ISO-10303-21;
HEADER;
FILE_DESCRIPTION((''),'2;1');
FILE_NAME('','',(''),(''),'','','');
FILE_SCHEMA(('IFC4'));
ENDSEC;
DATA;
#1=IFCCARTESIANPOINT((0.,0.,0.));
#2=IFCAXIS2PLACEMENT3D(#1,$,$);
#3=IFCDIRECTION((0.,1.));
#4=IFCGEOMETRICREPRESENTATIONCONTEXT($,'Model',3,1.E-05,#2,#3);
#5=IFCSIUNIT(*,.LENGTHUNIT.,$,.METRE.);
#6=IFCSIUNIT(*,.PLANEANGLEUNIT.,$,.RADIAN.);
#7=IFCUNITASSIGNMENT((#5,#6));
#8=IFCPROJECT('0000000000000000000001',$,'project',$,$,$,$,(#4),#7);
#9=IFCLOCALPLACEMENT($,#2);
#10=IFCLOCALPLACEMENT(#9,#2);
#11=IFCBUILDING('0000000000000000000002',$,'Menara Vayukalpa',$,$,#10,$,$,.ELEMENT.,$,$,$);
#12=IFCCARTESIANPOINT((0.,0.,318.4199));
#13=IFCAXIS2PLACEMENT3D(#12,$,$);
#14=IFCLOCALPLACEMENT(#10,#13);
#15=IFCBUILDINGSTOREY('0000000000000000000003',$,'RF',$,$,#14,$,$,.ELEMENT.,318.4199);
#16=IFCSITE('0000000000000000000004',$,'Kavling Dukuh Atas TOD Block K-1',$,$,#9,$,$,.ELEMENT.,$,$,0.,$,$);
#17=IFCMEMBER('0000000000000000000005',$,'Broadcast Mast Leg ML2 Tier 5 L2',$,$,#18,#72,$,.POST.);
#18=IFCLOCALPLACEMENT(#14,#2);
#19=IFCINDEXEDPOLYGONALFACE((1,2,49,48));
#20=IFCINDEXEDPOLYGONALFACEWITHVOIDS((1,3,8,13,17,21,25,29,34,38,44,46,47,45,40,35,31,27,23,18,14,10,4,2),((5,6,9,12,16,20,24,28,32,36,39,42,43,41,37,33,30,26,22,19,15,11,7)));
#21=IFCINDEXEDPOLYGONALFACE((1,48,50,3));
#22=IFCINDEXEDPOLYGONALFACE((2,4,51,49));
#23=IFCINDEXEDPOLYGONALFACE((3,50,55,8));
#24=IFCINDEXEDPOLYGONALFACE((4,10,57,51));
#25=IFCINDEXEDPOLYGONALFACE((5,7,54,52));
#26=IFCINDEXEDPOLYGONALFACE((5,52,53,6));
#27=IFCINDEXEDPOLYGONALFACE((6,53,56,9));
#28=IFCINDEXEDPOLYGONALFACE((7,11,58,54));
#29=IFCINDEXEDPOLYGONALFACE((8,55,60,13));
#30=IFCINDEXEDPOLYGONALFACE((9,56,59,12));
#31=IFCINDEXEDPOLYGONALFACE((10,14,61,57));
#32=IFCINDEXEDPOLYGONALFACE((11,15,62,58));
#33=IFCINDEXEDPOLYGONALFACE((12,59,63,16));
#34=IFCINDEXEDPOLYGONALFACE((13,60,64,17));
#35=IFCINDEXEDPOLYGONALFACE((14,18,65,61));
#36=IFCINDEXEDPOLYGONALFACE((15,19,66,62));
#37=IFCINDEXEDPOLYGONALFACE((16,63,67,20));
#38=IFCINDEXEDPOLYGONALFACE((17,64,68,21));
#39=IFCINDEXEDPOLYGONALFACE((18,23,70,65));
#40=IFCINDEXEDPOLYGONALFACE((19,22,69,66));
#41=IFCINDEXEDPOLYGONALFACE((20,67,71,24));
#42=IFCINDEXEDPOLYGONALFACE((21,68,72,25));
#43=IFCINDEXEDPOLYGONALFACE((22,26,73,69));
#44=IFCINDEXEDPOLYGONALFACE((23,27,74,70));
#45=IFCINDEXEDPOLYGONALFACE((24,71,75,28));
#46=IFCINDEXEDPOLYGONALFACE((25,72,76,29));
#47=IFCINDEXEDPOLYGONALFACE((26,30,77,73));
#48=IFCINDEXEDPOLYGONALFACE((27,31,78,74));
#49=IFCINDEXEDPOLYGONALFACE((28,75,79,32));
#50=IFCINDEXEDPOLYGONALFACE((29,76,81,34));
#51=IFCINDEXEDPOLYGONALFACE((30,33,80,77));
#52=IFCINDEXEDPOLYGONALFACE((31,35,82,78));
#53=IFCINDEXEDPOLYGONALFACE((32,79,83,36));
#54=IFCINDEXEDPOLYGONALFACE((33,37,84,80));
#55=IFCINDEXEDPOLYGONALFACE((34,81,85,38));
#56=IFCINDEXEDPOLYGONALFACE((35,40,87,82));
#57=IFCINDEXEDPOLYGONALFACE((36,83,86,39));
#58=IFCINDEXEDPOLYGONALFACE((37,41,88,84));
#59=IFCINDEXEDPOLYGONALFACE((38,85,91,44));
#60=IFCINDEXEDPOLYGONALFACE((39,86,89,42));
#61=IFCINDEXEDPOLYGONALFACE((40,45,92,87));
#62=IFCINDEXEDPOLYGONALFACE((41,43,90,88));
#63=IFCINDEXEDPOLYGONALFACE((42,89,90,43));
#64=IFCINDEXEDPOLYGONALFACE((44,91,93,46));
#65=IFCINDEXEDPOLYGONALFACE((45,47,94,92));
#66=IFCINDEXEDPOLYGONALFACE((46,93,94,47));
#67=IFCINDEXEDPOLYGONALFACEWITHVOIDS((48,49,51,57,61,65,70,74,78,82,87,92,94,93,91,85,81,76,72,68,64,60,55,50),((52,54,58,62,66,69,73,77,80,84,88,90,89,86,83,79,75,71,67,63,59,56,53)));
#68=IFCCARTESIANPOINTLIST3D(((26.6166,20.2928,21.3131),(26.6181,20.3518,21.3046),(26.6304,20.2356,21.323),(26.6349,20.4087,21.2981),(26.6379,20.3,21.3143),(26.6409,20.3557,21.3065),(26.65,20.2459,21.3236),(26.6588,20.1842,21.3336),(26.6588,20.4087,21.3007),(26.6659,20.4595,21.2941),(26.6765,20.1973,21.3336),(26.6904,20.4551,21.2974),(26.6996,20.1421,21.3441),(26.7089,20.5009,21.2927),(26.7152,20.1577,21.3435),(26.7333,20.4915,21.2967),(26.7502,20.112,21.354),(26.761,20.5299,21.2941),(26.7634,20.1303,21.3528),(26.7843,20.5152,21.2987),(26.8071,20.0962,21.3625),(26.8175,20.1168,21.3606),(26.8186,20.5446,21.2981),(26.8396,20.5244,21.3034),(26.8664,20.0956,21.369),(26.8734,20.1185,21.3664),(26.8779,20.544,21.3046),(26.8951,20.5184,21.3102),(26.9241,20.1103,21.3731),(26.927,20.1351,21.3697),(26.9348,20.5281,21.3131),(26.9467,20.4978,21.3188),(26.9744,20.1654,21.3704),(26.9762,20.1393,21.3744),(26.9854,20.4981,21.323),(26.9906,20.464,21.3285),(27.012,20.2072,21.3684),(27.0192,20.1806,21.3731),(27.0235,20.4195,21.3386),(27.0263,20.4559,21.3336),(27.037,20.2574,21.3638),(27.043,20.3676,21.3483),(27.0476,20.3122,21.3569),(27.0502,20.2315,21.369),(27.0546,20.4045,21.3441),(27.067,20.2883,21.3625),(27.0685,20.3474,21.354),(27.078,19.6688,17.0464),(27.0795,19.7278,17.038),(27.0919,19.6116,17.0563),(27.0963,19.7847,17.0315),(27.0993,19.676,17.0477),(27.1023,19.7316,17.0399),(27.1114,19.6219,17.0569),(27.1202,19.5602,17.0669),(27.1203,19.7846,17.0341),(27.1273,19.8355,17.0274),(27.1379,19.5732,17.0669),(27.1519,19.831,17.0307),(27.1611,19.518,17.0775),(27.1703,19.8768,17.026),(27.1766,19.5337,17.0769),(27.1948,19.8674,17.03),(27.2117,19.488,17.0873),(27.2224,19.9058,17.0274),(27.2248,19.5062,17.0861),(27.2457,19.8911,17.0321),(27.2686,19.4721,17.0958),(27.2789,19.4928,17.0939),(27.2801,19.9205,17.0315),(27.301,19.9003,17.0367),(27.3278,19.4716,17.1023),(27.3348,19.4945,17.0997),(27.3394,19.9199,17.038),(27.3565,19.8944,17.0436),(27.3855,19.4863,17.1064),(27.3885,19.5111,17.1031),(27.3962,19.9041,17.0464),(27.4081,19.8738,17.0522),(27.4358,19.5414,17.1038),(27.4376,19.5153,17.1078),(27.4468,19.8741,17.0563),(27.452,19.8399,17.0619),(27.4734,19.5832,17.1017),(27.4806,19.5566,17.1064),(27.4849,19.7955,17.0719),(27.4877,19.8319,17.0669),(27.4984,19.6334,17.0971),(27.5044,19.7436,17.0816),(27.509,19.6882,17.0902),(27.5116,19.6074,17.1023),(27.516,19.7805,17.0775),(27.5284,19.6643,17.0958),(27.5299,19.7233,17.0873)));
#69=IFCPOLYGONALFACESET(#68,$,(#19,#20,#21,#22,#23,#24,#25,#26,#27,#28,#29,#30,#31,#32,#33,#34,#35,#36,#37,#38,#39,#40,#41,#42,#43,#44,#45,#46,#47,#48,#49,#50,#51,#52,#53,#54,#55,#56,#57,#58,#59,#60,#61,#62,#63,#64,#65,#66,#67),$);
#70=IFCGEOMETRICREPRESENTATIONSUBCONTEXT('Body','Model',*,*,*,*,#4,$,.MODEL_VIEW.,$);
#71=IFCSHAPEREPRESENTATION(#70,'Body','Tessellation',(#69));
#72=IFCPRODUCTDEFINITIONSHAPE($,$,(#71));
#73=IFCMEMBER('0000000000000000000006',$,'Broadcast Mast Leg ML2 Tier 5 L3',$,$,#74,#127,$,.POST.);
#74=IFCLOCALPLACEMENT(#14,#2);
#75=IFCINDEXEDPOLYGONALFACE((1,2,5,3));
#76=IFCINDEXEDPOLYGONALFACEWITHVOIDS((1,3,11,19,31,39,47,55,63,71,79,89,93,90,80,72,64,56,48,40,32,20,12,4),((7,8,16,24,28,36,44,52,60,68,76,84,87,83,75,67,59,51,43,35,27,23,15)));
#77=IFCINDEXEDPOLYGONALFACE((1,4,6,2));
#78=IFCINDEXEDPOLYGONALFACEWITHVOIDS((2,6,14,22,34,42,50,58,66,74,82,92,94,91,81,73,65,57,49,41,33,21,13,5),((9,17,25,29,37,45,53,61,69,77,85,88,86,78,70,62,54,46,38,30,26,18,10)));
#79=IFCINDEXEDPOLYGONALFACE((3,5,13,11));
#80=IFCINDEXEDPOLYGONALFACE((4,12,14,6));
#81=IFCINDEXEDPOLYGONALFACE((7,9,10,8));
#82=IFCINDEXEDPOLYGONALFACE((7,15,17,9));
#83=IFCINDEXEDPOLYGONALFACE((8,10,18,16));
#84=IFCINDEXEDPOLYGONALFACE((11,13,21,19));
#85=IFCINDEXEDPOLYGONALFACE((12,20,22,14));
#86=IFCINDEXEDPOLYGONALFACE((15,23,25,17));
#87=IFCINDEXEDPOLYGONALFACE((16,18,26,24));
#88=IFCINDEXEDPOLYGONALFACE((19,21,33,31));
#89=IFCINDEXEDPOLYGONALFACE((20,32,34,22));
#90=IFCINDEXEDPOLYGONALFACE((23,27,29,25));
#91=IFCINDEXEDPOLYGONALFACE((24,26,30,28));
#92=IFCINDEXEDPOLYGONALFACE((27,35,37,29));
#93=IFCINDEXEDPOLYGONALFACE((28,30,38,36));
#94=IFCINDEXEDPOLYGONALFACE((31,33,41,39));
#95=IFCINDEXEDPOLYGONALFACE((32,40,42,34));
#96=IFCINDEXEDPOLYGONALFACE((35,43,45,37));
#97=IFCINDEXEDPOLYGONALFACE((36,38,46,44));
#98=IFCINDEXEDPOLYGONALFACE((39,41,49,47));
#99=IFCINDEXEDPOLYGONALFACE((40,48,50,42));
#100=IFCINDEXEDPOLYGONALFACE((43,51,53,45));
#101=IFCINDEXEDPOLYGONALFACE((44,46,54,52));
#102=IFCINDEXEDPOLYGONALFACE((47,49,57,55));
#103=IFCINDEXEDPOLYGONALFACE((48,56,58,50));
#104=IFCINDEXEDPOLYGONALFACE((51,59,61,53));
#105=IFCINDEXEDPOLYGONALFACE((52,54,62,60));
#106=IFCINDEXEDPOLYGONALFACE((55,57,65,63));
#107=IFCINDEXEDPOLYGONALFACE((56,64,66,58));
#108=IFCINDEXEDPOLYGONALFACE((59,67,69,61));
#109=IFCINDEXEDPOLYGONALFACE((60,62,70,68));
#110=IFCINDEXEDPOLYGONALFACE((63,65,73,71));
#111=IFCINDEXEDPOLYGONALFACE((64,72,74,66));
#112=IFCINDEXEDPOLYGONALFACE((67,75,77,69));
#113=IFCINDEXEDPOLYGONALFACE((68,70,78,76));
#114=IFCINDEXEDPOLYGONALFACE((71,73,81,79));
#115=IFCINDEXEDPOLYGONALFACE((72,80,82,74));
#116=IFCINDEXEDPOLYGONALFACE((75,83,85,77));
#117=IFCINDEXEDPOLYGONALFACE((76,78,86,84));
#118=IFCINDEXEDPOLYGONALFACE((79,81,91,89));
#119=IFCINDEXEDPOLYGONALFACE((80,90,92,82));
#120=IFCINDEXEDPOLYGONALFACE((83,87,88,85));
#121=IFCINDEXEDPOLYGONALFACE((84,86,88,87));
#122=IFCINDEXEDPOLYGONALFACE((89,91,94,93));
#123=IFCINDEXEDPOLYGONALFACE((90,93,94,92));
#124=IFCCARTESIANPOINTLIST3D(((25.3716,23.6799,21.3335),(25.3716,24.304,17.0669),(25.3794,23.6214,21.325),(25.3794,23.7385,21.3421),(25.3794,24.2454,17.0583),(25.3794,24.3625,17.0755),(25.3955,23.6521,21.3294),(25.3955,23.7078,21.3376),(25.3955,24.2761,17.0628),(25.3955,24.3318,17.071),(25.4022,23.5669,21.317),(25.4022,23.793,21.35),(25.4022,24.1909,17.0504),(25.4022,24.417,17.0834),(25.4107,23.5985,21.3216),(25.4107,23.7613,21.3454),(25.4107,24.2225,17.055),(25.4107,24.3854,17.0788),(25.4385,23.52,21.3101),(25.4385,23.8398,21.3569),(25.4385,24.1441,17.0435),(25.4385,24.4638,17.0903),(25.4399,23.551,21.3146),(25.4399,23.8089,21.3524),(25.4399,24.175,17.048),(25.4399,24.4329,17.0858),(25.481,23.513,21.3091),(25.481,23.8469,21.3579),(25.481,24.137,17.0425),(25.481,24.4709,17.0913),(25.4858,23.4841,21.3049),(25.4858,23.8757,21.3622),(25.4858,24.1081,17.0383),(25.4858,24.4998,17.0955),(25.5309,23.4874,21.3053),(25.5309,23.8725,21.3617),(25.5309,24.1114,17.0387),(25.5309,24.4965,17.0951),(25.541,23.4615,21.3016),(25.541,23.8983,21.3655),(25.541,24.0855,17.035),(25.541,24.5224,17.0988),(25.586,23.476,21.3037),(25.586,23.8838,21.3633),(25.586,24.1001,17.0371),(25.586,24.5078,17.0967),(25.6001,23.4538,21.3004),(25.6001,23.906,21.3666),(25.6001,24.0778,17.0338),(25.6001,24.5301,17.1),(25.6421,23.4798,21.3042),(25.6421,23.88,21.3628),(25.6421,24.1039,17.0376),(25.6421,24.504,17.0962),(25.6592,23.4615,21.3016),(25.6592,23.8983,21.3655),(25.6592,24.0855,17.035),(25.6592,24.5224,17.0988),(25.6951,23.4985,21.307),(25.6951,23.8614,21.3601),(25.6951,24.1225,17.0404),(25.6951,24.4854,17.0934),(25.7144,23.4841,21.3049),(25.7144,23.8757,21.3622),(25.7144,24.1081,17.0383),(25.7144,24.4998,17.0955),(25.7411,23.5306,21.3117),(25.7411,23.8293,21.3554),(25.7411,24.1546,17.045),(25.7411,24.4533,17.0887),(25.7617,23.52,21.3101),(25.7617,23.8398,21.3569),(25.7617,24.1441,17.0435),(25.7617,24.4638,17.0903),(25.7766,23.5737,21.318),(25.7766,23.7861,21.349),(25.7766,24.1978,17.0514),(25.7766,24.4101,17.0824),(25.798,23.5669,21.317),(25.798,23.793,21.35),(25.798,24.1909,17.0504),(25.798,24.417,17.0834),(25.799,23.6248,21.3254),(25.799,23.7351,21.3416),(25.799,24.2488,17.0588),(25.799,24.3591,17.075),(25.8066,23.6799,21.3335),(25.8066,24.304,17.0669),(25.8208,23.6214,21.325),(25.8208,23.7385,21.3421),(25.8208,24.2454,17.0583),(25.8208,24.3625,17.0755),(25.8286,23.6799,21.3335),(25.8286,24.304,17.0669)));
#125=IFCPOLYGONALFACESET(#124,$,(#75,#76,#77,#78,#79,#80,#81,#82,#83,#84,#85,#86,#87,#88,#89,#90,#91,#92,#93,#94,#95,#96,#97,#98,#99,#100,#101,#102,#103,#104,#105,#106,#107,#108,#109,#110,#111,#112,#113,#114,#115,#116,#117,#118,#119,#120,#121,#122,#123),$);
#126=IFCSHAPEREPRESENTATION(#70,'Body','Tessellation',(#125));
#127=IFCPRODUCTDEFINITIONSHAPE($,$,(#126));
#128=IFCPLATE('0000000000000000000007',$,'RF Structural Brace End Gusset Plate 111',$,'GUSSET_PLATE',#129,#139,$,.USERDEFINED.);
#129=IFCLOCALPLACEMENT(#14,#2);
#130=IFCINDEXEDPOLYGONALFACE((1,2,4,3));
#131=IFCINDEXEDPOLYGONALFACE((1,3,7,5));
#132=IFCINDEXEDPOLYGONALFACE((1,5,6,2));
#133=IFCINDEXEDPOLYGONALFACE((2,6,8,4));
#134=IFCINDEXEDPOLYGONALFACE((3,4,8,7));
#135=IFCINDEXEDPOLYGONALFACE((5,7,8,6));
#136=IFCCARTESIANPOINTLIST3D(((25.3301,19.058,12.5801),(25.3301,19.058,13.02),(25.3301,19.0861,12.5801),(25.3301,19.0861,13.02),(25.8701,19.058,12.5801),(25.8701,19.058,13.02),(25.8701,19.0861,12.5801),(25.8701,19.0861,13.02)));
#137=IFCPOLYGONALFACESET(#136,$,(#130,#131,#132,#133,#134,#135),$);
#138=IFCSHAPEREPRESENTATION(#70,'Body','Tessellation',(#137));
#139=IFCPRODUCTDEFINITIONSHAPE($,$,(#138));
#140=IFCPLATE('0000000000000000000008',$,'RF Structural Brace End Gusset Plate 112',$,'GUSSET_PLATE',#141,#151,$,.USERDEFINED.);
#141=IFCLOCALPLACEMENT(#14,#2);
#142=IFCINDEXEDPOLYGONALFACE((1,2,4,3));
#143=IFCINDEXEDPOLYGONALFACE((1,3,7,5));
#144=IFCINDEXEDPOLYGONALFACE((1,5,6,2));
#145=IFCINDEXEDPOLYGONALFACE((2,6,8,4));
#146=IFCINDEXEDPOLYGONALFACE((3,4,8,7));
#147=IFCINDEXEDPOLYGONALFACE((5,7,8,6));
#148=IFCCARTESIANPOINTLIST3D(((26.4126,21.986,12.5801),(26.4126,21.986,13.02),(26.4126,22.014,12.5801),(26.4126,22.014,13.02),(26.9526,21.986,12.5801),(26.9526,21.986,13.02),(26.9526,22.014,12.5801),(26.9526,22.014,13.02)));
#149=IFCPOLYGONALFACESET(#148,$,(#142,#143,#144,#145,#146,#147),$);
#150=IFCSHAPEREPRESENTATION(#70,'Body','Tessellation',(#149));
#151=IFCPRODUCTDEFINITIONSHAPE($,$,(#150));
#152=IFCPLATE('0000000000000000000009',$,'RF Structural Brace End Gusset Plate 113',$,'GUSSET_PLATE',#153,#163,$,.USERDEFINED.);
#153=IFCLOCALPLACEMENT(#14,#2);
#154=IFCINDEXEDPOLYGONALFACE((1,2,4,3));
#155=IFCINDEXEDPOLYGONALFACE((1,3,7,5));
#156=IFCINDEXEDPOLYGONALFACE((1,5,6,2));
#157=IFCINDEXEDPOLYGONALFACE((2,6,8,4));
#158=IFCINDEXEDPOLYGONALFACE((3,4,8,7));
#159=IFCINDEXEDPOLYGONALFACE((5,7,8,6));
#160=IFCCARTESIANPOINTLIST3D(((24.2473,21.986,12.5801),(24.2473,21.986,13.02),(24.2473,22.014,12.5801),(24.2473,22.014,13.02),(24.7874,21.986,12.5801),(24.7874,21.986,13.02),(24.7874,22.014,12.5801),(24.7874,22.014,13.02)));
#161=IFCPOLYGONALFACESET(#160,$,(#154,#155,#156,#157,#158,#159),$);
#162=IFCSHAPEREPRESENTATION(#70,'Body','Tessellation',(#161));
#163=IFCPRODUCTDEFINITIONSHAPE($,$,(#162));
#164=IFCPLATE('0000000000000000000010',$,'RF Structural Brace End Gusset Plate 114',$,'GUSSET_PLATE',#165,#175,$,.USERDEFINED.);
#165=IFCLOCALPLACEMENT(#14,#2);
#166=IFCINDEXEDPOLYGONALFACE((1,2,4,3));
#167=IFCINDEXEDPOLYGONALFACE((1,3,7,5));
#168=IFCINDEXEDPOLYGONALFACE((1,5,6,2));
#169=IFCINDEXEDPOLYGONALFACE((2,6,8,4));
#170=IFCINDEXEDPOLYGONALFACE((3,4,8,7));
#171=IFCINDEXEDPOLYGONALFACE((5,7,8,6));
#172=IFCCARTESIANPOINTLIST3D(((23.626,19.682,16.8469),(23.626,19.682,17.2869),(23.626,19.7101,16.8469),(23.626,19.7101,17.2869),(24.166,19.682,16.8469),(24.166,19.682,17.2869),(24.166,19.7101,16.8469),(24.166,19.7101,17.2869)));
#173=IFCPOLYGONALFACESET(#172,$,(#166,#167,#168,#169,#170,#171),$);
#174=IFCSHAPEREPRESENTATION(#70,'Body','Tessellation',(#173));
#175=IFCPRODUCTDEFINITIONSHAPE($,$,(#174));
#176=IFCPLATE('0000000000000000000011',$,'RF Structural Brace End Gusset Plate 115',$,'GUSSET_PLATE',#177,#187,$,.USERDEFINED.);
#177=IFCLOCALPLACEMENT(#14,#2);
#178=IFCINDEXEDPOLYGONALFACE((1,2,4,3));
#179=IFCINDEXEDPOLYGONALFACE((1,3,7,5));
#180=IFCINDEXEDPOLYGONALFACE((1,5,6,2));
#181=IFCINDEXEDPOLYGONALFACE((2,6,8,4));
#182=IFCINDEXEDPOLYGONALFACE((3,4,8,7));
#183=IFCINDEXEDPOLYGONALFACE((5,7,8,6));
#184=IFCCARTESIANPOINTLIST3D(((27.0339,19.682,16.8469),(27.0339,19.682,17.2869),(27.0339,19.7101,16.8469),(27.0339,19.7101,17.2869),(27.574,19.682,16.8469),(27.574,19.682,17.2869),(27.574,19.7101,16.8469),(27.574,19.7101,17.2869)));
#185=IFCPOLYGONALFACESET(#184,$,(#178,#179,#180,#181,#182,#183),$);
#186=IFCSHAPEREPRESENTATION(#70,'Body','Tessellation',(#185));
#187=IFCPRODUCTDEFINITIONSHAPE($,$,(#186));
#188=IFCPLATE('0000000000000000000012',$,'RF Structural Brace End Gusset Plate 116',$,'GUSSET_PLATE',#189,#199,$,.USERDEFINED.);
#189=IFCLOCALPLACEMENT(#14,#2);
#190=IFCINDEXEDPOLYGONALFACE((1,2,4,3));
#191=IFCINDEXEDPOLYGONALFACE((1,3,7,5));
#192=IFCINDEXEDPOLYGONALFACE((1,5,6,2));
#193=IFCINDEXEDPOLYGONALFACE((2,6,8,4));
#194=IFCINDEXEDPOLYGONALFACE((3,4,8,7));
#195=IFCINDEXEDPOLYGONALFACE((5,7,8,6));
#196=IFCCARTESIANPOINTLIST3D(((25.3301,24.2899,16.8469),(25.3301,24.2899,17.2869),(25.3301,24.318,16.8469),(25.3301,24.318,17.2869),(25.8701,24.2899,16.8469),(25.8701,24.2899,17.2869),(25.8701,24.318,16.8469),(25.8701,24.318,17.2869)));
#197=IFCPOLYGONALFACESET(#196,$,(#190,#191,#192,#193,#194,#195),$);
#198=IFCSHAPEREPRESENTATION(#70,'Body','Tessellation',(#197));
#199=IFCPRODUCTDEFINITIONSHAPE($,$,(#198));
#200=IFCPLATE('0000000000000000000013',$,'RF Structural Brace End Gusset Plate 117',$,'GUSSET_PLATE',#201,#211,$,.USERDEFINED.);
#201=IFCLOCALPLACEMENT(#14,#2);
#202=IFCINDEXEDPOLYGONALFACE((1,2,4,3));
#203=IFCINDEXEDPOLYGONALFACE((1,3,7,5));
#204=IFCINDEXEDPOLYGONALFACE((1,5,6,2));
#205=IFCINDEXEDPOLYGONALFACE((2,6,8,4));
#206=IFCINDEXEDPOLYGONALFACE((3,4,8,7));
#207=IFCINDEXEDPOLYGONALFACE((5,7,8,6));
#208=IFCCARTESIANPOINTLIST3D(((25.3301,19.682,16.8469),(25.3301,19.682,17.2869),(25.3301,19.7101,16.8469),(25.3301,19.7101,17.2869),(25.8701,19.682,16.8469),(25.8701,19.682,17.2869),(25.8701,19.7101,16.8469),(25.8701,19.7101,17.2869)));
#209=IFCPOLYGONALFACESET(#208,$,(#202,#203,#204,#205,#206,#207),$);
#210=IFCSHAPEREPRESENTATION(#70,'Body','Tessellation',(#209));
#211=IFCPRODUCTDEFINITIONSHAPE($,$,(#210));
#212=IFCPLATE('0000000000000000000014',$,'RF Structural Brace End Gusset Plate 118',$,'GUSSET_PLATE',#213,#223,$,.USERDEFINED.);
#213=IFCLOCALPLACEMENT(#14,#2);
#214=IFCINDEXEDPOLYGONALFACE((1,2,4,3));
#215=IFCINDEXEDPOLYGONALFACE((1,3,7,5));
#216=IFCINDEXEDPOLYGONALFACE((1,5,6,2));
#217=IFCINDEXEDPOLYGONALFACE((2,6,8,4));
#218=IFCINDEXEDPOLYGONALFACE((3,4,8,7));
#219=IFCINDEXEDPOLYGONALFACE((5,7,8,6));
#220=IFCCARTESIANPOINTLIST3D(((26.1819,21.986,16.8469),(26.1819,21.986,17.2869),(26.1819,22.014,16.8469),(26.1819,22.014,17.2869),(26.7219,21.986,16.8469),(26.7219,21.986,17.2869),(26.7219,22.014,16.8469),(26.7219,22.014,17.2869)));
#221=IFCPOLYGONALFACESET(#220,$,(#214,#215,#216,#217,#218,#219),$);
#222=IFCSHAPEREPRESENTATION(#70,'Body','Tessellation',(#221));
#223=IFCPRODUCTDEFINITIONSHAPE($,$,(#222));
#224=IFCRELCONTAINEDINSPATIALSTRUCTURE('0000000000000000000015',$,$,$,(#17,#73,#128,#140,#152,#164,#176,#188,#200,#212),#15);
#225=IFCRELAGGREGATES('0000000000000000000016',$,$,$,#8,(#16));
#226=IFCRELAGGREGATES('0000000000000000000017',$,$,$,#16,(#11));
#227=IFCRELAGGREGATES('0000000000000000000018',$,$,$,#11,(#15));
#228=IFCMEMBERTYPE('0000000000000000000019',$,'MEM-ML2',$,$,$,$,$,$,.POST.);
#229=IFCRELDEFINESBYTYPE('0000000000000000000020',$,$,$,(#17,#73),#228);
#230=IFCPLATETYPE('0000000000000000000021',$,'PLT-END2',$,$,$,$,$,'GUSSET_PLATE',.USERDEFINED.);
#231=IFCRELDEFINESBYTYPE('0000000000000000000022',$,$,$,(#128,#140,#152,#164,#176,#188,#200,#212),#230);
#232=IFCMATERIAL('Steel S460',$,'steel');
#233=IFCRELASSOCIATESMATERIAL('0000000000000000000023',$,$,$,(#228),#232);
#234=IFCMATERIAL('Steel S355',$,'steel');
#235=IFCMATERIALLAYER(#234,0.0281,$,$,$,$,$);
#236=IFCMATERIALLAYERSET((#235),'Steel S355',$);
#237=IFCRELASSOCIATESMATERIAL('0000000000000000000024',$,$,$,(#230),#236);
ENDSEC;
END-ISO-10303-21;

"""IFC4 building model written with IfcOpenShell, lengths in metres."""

from ifc_helpers import new_model, si_unit, direction, frame, origin, origin_2d, place, context, subcontext, project, spatial, rectangle, hollow_circle, extrude, material, layer, layer_set, material_profile, profile_set, type_object, element, save


model = new_model("IFC4")

# Units and contexts
model_context = context("Model", 3, precision=1e-05, world=origin(), true_north=direction((0.0, 1.0)))
body_context = subcontext(model_context, "Body", "Model", "MODEL_VIEW")
ifc_project = project(units=[si_unit("LENGTHUNIT", "METRE"), si_unit("PLANEANGLEUNIT", "RADIAN")], contexts=[model_context])

# Site, building, storey
site_placement = place(None, origin())
site = spatial("IfcSite", under=ifc_project, at=site_placement, Name="Kavling Dukuh Atas TOD Block K-1", CompositionType="ELEMENT", RefElevation=0.0)
building_placement = place(site_placement, origin())
building = spatial("IfcBuilding", under=site, at=building_placement, Name="Menara Vayukalpa", CompositionType="ELEMENT")
storey_placement = place(building_placement, frame((0.0, 0.0, 318.4199)))
storey = spatial("IfcBuildingStorey", under=building, at=storey_placement, Name="RF", CompositionType="ELEMENT", Elevation=318.4199)

# Members
ifc_material_1 = material(Name="Steel S460", Category="steel")
ifc_material_profile_1 = material_profile(ifc_material_1, hollow_circle(Radius=0.2285, WallThickness=0.022, at=origin_2d()), Name="CHS 457.2x22")
ifc_profile_set_1 = profile_set([ifc_material_profile_1], Name="Steel S460")
member_type_1 = type_object("IfcMemberType", Name="MEM-ML2", PredefinedType="POST", material=ifc_profile_set_1)
for number, where, z_axis, x_axis, name in (
    (1, (27.304, 19.696, 17.0669), (-0.106402, 0.143897, 0.983856), (-0.804058, -0.59455, 0.0), "Broadcast Mast Leg ML2 Tier 5 L2"),
):
    element("IfcMember", number, at=place(storey_placement, frame(where, z_axis=z_axis, x_axis=x_axis)), inside=storey, type_object=member_type_1, Name=name, PredefinedType="POST", context=body_context, shape_type="SweptSolid", body=[
        extrude(hollow_circle(Radius=0.2285, WallThickness=0.022, at=origin_2d()), origin(), (0.0, 0.0, 1.0), 4.3367),
    ])
member_1_placement = place(storey_placement, frame((25.6001, 24.304, 17.0669), z_axis=(0.0, -0.144718, 0.989473), x_axis=(1.0, 0.0, 0.0)))
element("IfcMember", 2, at=member_1_placement, inside=storey, type_object=member_type_1, Name="Broadcast Mast Leg ML2 Tier 5 L3", PredefinedType="POST", context=body_context, shape_type="SweptSolid", body=[
    extrude(hollow_circle(Radius=0.2285, WallThickness=0.022, at=origin_2d()), origin(), (0.0, 0.0, 1.0), 4.312),
])

# Plates
ifc_material_2 = material(Name="Steel S355", Category="steel")
ifc_layer_1 = layer(ifc_material_2, 0.0281)
ifc_layer_set_1 = layer_set([ifc_layer_1], Name="Steel S355")
plate_type_1 = type_object("IfcPlateType", Name="PLT-END2", ElementType="GUSSET_PLATE", PredefinedType="USERDEFINED", material=ifc_layer_set_1)
for number, where, z_axis, x_axis, name in (
    (3, (25.6001, 19.072, 12.5801), (0.0, 0.0, 1.0), (1.0, 0.0, 0.0), "RF Structural Brace End Gusset Plate 111"),
    (4, (26.6826, 22.0, 12.5801), (0.0, 0.0, 1.0), (1.0, 0.0, 0.0), "RF Structural Brace End Gusset Plate 112"),
    (5, (24.5173, 22.0, 12.5801), (0.0, 0.0, 1.0), (1.0, 0.0, 0.0), "RF Structural Brace End Gusset Plate 113"),
    (6, (23.896, 19.696, 16.8469), (0.0, 0.0, 1.0), (1.0, 0.0, 0.0), "RF Structural Brace End Gusset Plate 114"),
    (7, (27.304, 19.696, 16.8469), (0.0, 0.0, 1.0), (1.0, 0.0, 0.0), "RF Structural Brace End Gusset Plate 115"),
    (8, (25.6001, 24.304, 16.8469), (0.0, 0.0, 1.0), (1.0, 0.0, 0.0), "RF Structural Brace End Gusset Plate 116"),
    (9, (25.6001, 19.696, 16.8469), (0.0, 0.0, 1.0), (1.0, 0.0, 0.0), "RF Structural Brace End Gusset Plate 117"),
    (10, (26.4519, 22.0, 16.8469), (0.0, 0.0, 1.0), (1.0, 0.0, 0.0), "RF Structural Brace End Gusset Plate 118"),
):
    element("IfcPlate", number, at=place(storey_placement, frame(where, z_axis=z_axis, x_axis=x_axis)), inside=storey, type_object=plate_type_1, Name=name, ObjectType="GUSSET_PLATE", PredefinedType="USERDEFINED", context=body_context, shape_type="SweptSolid", body=[
        extrude(rectangle(XDim=0.54, YDim=0.0281, at=origin_2d()), origin(), (0.0, 0.0, 1.0), 0.4399),
    ])

save(model, "model.ifc")
